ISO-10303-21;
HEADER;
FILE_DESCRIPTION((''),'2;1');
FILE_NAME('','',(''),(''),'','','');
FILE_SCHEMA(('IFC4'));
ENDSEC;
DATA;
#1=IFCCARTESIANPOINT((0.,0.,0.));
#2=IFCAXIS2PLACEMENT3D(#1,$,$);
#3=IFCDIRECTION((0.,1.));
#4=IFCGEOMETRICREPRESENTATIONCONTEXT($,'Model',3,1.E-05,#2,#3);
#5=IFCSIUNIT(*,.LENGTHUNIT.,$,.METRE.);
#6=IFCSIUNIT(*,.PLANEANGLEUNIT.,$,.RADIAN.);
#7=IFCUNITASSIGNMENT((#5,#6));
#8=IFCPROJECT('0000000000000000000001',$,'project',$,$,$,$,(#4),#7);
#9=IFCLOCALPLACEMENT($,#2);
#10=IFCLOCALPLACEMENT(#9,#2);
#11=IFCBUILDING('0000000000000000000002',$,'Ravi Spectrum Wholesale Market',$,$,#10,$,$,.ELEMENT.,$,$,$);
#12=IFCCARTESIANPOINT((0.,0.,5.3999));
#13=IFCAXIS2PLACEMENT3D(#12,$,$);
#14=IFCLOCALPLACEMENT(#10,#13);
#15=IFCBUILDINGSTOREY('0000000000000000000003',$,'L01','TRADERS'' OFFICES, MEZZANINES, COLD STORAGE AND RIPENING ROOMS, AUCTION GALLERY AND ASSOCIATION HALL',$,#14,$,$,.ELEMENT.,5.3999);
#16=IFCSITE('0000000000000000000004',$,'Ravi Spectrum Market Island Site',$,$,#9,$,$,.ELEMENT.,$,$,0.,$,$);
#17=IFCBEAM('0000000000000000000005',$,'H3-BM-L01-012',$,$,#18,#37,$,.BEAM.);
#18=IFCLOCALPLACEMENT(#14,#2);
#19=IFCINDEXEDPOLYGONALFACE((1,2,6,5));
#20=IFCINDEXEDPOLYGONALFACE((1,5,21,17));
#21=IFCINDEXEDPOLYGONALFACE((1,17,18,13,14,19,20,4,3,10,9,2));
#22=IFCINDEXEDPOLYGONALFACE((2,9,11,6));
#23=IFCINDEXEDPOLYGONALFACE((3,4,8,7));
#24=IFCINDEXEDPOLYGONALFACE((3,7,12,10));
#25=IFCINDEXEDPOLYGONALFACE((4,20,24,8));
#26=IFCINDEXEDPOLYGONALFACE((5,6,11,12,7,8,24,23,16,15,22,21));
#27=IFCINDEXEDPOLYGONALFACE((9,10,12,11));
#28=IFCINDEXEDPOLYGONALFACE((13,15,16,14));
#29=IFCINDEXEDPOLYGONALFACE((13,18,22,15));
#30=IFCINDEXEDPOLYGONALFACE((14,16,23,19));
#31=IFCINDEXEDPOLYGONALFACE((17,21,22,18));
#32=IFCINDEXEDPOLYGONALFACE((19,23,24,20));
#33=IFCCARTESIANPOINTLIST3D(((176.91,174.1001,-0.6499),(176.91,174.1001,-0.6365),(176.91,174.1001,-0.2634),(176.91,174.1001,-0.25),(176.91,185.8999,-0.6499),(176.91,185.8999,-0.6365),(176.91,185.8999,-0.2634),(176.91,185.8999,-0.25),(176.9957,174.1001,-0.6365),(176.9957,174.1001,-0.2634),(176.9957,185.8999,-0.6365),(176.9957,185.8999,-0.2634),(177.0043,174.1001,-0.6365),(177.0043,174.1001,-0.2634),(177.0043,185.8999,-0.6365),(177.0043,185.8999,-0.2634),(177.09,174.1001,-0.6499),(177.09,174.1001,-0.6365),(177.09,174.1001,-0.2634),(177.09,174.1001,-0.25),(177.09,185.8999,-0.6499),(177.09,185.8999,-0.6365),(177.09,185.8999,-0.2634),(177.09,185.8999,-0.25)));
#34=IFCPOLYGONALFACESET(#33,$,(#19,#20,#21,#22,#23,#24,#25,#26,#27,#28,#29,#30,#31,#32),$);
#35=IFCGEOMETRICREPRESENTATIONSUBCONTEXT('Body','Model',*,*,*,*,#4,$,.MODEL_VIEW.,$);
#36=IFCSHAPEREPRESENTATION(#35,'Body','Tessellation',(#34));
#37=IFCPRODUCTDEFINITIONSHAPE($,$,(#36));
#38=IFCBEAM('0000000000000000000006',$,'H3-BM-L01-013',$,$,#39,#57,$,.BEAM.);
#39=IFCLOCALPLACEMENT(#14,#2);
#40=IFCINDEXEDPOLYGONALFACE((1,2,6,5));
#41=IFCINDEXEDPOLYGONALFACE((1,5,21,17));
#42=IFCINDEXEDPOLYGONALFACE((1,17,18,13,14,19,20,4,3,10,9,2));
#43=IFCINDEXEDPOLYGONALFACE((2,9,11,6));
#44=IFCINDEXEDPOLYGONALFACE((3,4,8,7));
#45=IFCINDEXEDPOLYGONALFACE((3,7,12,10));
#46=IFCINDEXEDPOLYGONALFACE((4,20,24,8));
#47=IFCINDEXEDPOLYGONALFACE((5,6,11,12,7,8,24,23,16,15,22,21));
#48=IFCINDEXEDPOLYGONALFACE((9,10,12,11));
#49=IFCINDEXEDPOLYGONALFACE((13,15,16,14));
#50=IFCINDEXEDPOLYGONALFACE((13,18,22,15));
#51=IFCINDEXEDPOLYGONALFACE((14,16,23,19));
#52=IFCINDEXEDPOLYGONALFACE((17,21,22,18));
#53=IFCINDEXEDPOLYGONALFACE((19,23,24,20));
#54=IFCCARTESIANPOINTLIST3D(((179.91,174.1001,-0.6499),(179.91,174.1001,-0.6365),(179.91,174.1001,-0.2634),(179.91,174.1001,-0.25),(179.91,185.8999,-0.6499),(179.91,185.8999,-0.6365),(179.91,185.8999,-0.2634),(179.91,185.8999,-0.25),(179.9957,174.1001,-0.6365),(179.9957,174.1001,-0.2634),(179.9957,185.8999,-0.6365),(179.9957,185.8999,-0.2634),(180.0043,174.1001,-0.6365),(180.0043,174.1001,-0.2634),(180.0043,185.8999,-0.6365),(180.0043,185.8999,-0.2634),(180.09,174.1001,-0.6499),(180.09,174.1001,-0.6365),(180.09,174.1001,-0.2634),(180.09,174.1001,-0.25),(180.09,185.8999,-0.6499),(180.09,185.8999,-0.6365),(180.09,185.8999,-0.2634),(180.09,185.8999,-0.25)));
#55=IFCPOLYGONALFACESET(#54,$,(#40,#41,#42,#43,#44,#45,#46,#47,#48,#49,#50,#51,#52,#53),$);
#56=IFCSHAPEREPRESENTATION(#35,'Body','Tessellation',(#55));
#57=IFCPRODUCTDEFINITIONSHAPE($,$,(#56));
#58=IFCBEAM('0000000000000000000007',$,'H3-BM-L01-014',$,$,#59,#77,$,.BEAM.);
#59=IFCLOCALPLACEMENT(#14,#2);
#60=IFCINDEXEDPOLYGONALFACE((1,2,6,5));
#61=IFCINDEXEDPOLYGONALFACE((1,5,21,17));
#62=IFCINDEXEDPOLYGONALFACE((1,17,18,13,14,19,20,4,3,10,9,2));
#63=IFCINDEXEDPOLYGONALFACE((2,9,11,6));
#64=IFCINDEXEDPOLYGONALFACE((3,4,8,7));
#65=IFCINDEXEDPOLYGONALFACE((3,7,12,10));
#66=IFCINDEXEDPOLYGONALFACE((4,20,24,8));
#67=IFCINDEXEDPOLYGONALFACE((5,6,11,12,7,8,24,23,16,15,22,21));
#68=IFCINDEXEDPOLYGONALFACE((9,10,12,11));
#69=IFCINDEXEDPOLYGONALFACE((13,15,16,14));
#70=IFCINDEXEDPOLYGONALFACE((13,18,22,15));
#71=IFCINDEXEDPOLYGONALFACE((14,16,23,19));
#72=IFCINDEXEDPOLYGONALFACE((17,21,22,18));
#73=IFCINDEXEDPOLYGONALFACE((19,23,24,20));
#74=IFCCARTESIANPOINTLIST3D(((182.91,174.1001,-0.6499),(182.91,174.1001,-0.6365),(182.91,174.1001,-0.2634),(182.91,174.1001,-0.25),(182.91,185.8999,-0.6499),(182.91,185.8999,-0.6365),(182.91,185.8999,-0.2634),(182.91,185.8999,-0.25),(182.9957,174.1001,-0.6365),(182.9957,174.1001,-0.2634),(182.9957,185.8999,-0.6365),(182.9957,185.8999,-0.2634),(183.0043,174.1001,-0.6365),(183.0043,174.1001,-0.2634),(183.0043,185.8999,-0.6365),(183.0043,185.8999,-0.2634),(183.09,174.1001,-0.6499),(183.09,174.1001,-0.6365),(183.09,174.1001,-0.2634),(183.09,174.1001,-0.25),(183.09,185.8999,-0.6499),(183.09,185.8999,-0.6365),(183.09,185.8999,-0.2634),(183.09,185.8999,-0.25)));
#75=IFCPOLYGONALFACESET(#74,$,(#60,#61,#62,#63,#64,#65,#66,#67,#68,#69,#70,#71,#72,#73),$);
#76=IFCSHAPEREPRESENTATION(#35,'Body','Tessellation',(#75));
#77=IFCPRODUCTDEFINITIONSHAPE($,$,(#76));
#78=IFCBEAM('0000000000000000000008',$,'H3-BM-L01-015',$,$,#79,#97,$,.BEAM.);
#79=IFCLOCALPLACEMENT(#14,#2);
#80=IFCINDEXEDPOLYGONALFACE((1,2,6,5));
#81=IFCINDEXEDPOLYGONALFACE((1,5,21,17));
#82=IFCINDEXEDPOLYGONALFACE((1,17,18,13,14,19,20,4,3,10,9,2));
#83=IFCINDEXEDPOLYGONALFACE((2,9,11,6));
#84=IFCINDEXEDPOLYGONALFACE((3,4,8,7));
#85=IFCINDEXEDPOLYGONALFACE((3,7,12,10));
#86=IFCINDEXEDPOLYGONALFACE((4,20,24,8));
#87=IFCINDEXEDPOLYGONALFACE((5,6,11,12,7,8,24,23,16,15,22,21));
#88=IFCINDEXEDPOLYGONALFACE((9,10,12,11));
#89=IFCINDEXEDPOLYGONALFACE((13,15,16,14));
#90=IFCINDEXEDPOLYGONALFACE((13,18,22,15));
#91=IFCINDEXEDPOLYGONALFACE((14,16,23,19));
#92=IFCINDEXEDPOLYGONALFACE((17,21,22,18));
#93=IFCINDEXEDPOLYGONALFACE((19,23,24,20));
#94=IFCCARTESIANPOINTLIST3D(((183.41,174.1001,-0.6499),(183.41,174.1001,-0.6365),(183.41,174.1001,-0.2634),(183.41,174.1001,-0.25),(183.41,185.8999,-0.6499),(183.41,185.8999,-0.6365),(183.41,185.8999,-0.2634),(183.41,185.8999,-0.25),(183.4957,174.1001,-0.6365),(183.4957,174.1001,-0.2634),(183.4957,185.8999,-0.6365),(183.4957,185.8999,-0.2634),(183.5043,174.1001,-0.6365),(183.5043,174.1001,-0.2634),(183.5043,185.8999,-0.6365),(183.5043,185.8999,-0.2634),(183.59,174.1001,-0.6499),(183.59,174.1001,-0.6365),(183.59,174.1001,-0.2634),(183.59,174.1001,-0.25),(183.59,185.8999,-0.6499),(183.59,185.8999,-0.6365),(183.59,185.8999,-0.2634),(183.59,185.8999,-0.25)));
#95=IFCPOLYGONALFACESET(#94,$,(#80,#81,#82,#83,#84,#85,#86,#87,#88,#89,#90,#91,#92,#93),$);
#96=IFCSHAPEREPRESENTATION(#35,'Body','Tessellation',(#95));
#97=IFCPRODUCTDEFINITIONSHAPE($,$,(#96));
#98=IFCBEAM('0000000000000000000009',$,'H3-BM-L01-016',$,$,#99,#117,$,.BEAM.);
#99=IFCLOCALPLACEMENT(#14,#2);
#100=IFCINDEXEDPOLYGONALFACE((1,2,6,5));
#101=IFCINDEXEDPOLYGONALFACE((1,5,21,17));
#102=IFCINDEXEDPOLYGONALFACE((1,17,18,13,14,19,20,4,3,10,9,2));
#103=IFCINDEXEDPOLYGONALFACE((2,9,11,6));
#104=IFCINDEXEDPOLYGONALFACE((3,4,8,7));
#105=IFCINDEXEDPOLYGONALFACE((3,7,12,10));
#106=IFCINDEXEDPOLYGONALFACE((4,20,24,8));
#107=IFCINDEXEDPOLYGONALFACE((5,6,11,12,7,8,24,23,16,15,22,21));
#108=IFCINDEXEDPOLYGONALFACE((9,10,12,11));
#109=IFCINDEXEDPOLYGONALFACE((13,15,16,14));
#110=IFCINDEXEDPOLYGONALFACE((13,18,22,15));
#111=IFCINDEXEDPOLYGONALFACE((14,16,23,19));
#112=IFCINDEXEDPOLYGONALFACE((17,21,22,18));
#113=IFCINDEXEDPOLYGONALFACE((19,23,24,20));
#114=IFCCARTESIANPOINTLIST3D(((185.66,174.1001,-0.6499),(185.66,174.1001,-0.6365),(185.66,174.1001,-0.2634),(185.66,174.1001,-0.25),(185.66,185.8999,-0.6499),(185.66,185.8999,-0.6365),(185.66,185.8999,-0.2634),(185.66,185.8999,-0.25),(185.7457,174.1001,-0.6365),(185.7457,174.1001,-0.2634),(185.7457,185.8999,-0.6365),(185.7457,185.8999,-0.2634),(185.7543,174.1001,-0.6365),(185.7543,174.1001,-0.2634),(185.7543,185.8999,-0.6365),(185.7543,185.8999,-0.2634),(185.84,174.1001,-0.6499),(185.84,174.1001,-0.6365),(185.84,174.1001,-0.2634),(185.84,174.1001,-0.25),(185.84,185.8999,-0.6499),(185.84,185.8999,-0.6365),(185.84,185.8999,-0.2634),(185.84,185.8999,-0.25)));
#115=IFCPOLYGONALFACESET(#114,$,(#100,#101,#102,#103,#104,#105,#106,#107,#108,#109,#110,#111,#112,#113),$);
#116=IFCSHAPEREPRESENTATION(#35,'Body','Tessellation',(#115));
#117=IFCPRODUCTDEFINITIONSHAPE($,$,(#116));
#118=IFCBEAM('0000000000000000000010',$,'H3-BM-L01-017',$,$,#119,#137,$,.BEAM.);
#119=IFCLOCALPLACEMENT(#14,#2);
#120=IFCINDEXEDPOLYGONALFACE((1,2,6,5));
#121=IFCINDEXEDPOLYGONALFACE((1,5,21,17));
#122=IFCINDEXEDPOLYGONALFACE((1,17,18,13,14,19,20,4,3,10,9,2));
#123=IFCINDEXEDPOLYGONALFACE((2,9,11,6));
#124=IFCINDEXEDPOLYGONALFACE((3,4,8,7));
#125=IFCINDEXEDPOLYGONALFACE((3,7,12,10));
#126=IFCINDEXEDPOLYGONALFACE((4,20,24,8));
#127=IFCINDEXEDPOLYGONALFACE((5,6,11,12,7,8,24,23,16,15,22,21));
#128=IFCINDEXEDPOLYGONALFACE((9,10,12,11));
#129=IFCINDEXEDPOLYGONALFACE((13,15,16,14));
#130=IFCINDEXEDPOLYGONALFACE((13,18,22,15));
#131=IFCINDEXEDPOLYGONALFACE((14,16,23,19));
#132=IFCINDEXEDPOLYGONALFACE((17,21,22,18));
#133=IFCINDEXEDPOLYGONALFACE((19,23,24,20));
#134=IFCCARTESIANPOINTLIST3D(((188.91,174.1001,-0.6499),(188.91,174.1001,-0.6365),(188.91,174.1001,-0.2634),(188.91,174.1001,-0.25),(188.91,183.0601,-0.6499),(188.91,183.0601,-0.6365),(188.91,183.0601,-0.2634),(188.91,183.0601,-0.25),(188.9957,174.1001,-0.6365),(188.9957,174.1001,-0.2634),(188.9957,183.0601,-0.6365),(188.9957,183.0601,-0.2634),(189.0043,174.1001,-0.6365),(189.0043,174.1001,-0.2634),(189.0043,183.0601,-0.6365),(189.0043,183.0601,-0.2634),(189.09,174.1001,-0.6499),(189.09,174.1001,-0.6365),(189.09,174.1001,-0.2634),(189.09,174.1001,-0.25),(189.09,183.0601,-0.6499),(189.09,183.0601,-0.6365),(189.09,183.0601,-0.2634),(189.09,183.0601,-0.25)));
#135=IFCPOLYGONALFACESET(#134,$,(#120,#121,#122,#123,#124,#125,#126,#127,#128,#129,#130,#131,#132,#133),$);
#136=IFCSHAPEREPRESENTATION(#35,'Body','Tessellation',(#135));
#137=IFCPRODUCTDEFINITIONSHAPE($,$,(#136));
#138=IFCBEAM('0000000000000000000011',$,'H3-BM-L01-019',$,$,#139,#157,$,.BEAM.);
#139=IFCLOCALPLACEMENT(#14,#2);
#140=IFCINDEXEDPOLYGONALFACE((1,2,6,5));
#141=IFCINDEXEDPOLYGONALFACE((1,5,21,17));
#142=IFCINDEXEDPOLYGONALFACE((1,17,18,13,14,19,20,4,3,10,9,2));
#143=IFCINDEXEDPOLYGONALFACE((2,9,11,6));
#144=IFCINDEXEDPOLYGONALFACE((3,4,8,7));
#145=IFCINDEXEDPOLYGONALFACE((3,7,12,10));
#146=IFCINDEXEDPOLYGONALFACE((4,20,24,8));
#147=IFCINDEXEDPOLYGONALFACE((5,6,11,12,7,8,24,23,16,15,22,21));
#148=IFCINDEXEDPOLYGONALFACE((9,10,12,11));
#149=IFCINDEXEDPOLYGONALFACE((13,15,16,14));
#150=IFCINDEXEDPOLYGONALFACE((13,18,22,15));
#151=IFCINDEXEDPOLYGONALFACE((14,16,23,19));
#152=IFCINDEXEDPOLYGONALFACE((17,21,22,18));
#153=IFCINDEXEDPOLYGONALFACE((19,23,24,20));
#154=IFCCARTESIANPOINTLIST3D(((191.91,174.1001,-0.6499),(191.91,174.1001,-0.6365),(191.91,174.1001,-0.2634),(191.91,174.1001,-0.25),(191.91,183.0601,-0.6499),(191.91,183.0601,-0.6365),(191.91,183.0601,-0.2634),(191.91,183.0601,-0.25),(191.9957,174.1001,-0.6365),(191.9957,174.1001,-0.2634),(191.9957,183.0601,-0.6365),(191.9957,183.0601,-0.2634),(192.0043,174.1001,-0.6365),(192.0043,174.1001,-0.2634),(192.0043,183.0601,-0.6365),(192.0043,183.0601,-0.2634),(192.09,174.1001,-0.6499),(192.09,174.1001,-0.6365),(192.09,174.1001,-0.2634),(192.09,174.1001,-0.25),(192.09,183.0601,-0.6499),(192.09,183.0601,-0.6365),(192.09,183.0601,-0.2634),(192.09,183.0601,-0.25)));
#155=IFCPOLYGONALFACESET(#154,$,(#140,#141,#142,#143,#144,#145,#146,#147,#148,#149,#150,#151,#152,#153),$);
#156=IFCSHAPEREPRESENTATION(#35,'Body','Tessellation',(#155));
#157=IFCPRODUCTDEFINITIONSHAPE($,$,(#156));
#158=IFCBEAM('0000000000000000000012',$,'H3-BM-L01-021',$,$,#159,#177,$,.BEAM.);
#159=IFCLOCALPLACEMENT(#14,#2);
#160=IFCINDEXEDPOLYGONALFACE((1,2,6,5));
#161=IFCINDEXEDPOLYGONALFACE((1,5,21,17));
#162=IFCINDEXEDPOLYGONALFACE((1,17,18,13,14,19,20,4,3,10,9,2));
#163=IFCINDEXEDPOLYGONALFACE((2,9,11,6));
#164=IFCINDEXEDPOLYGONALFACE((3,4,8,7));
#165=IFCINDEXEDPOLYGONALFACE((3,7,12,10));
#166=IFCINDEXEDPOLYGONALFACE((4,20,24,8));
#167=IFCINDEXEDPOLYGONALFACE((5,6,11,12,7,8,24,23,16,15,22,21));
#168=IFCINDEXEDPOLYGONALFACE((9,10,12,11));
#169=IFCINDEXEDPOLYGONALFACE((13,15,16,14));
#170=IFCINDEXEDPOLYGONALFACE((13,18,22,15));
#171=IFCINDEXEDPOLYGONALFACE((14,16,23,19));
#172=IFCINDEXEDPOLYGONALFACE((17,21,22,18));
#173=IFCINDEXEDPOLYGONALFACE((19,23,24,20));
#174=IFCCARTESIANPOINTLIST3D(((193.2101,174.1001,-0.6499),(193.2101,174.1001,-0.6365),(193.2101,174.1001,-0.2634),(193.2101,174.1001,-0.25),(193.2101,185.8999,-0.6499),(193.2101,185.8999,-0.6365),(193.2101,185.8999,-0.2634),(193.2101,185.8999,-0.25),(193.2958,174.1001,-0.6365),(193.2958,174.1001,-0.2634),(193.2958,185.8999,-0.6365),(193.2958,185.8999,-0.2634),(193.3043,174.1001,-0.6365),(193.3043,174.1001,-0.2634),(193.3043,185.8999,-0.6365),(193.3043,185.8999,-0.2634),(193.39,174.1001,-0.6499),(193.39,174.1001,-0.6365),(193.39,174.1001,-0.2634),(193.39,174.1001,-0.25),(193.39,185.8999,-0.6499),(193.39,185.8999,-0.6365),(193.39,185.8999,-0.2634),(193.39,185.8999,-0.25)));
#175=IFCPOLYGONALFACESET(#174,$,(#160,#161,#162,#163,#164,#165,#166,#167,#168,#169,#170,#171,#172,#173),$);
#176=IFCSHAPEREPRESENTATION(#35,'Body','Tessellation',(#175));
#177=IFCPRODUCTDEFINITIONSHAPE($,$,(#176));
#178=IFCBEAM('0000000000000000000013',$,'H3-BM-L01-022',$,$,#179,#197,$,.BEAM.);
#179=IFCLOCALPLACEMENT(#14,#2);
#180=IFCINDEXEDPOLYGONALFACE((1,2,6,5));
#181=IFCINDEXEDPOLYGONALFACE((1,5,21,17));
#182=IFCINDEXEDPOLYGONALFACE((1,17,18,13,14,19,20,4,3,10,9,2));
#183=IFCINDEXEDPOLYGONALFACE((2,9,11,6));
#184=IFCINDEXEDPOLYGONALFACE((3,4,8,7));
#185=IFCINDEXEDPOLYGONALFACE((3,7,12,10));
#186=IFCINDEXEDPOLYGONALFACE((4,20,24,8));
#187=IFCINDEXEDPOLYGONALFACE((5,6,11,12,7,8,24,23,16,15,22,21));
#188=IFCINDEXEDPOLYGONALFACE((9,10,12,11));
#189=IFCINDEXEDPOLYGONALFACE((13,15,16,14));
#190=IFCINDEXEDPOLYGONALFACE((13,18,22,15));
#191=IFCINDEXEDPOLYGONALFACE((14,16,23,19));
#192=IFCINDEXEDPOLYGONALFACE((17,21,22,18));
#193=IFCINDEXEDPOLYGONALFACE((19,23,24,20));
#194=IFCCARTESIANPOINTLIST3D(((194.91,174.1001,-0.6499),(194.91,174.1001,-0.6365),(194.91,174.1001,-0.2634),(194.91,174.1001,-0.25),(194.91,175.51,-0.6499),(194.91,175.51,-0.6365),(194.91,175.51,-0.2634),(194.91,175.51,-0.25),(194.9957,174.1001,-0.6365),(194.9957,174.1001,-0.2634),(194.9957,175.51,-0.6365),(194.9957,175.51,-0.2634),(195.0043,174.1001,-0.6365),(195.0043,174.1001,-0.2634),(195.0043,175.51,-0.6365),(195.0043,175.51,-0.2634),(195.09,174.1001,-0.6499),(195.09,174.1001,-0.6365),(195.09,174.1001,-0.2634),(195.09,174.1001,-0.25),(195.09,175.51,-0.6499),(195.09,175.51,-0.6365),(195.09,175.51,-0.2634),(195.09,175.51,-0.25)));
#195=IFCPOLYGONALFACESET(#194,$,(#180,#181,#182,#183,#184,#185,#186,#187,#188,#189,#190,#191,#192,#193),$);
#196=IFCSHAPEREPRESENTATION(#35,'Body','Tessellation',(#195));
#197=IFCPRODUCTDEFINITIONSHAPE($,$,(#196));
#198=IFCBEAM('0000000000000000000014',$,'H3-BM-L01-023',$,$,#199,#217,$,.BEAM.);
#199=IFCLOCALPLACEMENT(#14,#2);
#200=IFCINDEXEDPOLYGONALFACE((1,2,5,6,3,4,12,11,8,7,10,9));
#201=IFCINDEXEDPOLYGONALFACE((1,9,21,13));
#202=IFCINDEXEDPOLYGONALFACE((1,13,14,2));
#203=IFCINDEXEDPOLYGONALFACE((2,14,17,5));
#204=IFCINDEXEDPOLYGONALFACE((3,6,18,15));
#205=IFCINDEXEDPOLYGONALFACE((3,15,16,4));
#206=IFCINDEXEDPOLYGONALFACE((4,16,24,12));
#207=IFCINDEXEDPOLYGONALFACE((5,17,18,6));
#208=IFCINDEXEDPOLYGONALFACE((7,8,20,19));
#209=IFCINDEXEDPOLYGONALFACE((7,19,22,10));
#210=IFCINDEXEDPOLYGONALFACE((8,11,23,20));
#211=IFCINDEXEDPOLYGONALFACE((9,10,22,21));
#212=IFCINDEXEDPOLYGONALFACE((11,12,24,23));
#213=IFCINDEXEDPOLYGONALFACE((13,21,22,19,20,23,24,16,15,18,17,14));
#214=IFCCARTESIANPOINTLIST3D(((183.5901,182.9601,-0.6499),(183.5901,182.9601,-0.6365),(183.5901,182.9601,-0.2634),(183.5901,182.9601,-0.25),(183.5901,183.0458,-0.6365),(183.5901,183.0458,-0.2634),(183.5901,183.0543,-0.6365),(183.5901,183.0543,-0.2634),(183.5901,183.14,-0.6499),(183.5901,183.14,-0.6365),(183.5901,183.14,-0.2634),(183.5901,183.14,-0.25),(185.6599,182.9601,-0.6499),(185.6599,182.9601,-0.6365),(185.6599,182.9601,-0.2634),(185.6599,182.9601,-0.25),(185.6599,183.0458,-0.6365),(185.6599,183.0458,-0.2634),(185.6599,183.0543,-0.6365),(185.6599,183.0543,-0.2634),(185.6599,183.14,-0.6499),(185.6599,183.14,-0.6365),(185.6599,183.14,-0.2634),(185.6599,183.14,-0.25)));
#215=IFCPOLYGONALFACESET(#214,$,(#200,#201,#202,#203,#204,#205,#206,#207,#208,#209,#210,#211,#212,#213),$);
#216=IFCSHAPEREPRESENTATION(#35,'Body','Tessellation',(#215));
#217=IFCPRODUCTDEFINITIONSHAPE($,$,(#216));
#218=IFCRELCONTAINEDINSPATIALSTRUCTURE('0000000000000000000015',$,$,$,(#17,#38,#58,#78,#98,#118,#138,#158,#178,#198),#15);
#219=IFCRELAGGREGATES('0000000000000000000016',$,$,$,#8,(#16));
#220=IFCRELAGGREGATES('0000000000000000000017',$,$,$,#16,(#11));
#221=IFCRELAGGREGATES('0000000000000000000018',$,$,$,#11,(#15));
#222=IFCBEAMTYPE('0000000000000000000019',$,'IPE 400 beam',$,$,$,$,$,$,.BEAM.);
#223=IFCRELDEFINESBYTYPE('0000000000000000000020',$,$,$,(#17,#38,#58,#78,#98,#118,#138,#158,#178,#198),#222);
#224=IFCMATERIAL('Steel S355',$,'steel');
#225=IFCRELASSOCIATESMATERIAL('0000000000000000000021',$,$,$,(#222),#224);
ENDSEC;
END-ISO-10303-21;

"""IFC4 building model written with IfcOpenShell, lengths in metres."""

from ifc_helpers import new_model, si_unit, direction, frame, origin, origin_2d, place, context, subcontext, project, spatial, i_section, extrude, material, material_profile, profile_set, type_object, element, save


model = new_model("IFC4")

# Units and contexts
model_context = context("Model", 3, precision=1e-05, world=origin(), true_north=direction((0.0, 1.0)))
body_context = subcontext(model_context, "Body", "Model", "MODEL_VIEW")
ifc_project = project(units=[si_unit("LENGTHUNIT", "METRE"), si_unit("PLANEANGLEUNIT", "RADIAN")], contexts=[model_context])

# Site, building, storey
site_placement = place(None, origin())
site = spatial("IfcSite", under=ifc_project, at=site_placement, Name="Ravi Spectrum Market Island Site", CompositionType="ELEMENT", RefElevation=0.0)
building_placement = place(site_placement, origin())
building = spatial("IfcBuilding", under=site, at=building_placement, Name="Ravi Spectrum Wholesale Market", CompositionType="ELEMENT")
storey_placement = place(building_placement, frame((0.0, 0.0, 5.3999)))
storey = spatial("IfcBuildingStorey", under=building, at=storey_placement, Name="L01", Description="TRADERS' OFFICES, MEZZANINES, COLD STORAGE AND RIPENING ROOMS, AUCTION GALLERY AND ASSOCIATION HALL", CompositionType="ELEMENT", Elevation=5.3999)

# Beams
ifc_material_1 = material(Name="Steel S355", Category="steel")
ifc_material_profile = material_profile(ifc_material_1, i_section(OverallWidth=0.1799, OverallDepth=0.3999, WebThickness=0.0085, FlangeThickness=0.0134, at=origin_2d()))
ifc_profile_set = profile_set([ifc_material_profile], Name="Steel S355")
beam_type = type_object("IfcBeamType", Name="IPE 400 beam", PredefinedType="BEAM", material=ifc_profile_set)
for number, where, z_axis, x_axis, name in (
    (1, (177.0, 174.1001, -0.45), (0.0, 1.0, 0.0), (-1.0, 0.0, 0.0), "H3-BM-L01-012"),
    (2, (180.0, 174.1001, -0.45), (0.0, 1.0, 0.0), (-1.0, 0.0, 0.0), "H3-BM-L01-013"),
    (3, (183.0, 174.1001, -0.45), (0.0, 1.0, 0.0), (-1.0, 0.0, 0.0), "H3-BM-L01-014"),
    (4, (183.5, 174.1001, -0.45), (0.0, 1.0, 0.0), (-1.0, 0.0, 0.0), "H3-BM-L01-015"),
    (5, (185.75, 174.1001, -0.45), (0.0, 1.0, 0.0), (-1.0, 0.0, 0.0), "H3-BM-L01-016"),
):
    element("IfcBeam", number, at=place(storey_placement, frame(where, z_axis=z_axis, x_axis=x_axis)), inside=storey, type_object=beam_type, Name=name, PredefinedType="BEAM", context=body_context, shape_type="SweptSolid", body=[
        extrude(i_section(OverallWidth=0.1799, OverallDepth=0.3999, WebThickness=0.0085, FlangeThickness=0.0134, at=origin_2d()), origin(), (0.0, 0.0, 1.0), 11.7998),
    ])
for number, where, z_axis, x_axis, name in (
    (6, (189.0, 174.1001, -0.45), (0.0, 1.0, 0.0), (-1.0, 0.0, 0.0), "H3-BM-L01-017"),
    (7, (192.0, 174.1001, -0.45), (0.0, 1.0, 0.0), (-1.0, 0.0, 0.0), "H3-BM-L01-019"),
):
    element("IfcBeam", number, at=place(storey_placement, frame(where, z_axis=z_axis, x_axis=x_axis)), inside=storey, type_object=beam_type, Name=name, PredefinedType="BEAM", context=body_context, shape_type="SweptSolid", body=[
        extrude(i_section(OverallWidth=0.1799, OverallDepth=0.3999, WebThickness=0.0085, FlangeThickness=0.0134, at=origin_2d()), origin(), (0.0, 0.0, 1.0), 8.96),
    ])
beam_1_placement = place(storey_placement, frame((193.3, 174.1001, -0.45), z_axis=(0.0, 1.0, 0.0), x_axis=(-1.0, 0.0, 0.0)))
element("IfcBeam", 8, at=beam_1_placement, inside=storey, type_object=beam_type, Name="H3-BM-L01-021", PredefinedType="BEAM", context=body_context, shape_type="SweptSolid", body=[
    extrude(i_section(OverallWidth=0.1799, OverallDepth=0.3999, WebThickness=0.0085, FlangeThickness=0.0134, at=origin_2d()), origin(), (0.0, 0.0, 1.0), 11.7998),
])
beam_2_placement = place(storey_placement, frame((195.0, 174.1001, -0.45), z_axis=(0.0, 1.0, 0.0), x_axis=(-1.0, 0.0, 0.0)))
element("IfcBeam", 9, at=beam_2_placement, inside=storey, type_object=beam_type, Name="H3-BM-L01-022", PredefinedType="BEAM", context=body_context, shape_type="SweptSolid", body=[
    extrude(i_section(OverallWidth=0.1799, OverallDepth=0.3999, WebThickness=0.0085, FlangeThickness=0.0134, at=origin_2d()), origin(), (0.0, 0.0, 1.0), 1.4099),
])
beam_3_placement = place(storey_placement, frame((183.5901, 183.05, -0.45), z_axis=(1.0, 0.0, 0.0), x_axis=(0.0, 1.0, 0.0)))
element("IfcBeam", 10, at=beam_3_placement, inside=storey, type_object=beam_type, Name="H3-BM-L01-023", PredefinedType="BEAM", context=body_context, shape_type="SweptSolid", body=[
    extrude(i_section(OverallWidth=0.1799, OverallDepth=0.3999, WebThickness=0.0085, FlangeThickness=0.0134, at=origin_2d()), origin(), (0.0, 0.0, 1.0), 2.0698),
])

save(model, "model.ifc")
